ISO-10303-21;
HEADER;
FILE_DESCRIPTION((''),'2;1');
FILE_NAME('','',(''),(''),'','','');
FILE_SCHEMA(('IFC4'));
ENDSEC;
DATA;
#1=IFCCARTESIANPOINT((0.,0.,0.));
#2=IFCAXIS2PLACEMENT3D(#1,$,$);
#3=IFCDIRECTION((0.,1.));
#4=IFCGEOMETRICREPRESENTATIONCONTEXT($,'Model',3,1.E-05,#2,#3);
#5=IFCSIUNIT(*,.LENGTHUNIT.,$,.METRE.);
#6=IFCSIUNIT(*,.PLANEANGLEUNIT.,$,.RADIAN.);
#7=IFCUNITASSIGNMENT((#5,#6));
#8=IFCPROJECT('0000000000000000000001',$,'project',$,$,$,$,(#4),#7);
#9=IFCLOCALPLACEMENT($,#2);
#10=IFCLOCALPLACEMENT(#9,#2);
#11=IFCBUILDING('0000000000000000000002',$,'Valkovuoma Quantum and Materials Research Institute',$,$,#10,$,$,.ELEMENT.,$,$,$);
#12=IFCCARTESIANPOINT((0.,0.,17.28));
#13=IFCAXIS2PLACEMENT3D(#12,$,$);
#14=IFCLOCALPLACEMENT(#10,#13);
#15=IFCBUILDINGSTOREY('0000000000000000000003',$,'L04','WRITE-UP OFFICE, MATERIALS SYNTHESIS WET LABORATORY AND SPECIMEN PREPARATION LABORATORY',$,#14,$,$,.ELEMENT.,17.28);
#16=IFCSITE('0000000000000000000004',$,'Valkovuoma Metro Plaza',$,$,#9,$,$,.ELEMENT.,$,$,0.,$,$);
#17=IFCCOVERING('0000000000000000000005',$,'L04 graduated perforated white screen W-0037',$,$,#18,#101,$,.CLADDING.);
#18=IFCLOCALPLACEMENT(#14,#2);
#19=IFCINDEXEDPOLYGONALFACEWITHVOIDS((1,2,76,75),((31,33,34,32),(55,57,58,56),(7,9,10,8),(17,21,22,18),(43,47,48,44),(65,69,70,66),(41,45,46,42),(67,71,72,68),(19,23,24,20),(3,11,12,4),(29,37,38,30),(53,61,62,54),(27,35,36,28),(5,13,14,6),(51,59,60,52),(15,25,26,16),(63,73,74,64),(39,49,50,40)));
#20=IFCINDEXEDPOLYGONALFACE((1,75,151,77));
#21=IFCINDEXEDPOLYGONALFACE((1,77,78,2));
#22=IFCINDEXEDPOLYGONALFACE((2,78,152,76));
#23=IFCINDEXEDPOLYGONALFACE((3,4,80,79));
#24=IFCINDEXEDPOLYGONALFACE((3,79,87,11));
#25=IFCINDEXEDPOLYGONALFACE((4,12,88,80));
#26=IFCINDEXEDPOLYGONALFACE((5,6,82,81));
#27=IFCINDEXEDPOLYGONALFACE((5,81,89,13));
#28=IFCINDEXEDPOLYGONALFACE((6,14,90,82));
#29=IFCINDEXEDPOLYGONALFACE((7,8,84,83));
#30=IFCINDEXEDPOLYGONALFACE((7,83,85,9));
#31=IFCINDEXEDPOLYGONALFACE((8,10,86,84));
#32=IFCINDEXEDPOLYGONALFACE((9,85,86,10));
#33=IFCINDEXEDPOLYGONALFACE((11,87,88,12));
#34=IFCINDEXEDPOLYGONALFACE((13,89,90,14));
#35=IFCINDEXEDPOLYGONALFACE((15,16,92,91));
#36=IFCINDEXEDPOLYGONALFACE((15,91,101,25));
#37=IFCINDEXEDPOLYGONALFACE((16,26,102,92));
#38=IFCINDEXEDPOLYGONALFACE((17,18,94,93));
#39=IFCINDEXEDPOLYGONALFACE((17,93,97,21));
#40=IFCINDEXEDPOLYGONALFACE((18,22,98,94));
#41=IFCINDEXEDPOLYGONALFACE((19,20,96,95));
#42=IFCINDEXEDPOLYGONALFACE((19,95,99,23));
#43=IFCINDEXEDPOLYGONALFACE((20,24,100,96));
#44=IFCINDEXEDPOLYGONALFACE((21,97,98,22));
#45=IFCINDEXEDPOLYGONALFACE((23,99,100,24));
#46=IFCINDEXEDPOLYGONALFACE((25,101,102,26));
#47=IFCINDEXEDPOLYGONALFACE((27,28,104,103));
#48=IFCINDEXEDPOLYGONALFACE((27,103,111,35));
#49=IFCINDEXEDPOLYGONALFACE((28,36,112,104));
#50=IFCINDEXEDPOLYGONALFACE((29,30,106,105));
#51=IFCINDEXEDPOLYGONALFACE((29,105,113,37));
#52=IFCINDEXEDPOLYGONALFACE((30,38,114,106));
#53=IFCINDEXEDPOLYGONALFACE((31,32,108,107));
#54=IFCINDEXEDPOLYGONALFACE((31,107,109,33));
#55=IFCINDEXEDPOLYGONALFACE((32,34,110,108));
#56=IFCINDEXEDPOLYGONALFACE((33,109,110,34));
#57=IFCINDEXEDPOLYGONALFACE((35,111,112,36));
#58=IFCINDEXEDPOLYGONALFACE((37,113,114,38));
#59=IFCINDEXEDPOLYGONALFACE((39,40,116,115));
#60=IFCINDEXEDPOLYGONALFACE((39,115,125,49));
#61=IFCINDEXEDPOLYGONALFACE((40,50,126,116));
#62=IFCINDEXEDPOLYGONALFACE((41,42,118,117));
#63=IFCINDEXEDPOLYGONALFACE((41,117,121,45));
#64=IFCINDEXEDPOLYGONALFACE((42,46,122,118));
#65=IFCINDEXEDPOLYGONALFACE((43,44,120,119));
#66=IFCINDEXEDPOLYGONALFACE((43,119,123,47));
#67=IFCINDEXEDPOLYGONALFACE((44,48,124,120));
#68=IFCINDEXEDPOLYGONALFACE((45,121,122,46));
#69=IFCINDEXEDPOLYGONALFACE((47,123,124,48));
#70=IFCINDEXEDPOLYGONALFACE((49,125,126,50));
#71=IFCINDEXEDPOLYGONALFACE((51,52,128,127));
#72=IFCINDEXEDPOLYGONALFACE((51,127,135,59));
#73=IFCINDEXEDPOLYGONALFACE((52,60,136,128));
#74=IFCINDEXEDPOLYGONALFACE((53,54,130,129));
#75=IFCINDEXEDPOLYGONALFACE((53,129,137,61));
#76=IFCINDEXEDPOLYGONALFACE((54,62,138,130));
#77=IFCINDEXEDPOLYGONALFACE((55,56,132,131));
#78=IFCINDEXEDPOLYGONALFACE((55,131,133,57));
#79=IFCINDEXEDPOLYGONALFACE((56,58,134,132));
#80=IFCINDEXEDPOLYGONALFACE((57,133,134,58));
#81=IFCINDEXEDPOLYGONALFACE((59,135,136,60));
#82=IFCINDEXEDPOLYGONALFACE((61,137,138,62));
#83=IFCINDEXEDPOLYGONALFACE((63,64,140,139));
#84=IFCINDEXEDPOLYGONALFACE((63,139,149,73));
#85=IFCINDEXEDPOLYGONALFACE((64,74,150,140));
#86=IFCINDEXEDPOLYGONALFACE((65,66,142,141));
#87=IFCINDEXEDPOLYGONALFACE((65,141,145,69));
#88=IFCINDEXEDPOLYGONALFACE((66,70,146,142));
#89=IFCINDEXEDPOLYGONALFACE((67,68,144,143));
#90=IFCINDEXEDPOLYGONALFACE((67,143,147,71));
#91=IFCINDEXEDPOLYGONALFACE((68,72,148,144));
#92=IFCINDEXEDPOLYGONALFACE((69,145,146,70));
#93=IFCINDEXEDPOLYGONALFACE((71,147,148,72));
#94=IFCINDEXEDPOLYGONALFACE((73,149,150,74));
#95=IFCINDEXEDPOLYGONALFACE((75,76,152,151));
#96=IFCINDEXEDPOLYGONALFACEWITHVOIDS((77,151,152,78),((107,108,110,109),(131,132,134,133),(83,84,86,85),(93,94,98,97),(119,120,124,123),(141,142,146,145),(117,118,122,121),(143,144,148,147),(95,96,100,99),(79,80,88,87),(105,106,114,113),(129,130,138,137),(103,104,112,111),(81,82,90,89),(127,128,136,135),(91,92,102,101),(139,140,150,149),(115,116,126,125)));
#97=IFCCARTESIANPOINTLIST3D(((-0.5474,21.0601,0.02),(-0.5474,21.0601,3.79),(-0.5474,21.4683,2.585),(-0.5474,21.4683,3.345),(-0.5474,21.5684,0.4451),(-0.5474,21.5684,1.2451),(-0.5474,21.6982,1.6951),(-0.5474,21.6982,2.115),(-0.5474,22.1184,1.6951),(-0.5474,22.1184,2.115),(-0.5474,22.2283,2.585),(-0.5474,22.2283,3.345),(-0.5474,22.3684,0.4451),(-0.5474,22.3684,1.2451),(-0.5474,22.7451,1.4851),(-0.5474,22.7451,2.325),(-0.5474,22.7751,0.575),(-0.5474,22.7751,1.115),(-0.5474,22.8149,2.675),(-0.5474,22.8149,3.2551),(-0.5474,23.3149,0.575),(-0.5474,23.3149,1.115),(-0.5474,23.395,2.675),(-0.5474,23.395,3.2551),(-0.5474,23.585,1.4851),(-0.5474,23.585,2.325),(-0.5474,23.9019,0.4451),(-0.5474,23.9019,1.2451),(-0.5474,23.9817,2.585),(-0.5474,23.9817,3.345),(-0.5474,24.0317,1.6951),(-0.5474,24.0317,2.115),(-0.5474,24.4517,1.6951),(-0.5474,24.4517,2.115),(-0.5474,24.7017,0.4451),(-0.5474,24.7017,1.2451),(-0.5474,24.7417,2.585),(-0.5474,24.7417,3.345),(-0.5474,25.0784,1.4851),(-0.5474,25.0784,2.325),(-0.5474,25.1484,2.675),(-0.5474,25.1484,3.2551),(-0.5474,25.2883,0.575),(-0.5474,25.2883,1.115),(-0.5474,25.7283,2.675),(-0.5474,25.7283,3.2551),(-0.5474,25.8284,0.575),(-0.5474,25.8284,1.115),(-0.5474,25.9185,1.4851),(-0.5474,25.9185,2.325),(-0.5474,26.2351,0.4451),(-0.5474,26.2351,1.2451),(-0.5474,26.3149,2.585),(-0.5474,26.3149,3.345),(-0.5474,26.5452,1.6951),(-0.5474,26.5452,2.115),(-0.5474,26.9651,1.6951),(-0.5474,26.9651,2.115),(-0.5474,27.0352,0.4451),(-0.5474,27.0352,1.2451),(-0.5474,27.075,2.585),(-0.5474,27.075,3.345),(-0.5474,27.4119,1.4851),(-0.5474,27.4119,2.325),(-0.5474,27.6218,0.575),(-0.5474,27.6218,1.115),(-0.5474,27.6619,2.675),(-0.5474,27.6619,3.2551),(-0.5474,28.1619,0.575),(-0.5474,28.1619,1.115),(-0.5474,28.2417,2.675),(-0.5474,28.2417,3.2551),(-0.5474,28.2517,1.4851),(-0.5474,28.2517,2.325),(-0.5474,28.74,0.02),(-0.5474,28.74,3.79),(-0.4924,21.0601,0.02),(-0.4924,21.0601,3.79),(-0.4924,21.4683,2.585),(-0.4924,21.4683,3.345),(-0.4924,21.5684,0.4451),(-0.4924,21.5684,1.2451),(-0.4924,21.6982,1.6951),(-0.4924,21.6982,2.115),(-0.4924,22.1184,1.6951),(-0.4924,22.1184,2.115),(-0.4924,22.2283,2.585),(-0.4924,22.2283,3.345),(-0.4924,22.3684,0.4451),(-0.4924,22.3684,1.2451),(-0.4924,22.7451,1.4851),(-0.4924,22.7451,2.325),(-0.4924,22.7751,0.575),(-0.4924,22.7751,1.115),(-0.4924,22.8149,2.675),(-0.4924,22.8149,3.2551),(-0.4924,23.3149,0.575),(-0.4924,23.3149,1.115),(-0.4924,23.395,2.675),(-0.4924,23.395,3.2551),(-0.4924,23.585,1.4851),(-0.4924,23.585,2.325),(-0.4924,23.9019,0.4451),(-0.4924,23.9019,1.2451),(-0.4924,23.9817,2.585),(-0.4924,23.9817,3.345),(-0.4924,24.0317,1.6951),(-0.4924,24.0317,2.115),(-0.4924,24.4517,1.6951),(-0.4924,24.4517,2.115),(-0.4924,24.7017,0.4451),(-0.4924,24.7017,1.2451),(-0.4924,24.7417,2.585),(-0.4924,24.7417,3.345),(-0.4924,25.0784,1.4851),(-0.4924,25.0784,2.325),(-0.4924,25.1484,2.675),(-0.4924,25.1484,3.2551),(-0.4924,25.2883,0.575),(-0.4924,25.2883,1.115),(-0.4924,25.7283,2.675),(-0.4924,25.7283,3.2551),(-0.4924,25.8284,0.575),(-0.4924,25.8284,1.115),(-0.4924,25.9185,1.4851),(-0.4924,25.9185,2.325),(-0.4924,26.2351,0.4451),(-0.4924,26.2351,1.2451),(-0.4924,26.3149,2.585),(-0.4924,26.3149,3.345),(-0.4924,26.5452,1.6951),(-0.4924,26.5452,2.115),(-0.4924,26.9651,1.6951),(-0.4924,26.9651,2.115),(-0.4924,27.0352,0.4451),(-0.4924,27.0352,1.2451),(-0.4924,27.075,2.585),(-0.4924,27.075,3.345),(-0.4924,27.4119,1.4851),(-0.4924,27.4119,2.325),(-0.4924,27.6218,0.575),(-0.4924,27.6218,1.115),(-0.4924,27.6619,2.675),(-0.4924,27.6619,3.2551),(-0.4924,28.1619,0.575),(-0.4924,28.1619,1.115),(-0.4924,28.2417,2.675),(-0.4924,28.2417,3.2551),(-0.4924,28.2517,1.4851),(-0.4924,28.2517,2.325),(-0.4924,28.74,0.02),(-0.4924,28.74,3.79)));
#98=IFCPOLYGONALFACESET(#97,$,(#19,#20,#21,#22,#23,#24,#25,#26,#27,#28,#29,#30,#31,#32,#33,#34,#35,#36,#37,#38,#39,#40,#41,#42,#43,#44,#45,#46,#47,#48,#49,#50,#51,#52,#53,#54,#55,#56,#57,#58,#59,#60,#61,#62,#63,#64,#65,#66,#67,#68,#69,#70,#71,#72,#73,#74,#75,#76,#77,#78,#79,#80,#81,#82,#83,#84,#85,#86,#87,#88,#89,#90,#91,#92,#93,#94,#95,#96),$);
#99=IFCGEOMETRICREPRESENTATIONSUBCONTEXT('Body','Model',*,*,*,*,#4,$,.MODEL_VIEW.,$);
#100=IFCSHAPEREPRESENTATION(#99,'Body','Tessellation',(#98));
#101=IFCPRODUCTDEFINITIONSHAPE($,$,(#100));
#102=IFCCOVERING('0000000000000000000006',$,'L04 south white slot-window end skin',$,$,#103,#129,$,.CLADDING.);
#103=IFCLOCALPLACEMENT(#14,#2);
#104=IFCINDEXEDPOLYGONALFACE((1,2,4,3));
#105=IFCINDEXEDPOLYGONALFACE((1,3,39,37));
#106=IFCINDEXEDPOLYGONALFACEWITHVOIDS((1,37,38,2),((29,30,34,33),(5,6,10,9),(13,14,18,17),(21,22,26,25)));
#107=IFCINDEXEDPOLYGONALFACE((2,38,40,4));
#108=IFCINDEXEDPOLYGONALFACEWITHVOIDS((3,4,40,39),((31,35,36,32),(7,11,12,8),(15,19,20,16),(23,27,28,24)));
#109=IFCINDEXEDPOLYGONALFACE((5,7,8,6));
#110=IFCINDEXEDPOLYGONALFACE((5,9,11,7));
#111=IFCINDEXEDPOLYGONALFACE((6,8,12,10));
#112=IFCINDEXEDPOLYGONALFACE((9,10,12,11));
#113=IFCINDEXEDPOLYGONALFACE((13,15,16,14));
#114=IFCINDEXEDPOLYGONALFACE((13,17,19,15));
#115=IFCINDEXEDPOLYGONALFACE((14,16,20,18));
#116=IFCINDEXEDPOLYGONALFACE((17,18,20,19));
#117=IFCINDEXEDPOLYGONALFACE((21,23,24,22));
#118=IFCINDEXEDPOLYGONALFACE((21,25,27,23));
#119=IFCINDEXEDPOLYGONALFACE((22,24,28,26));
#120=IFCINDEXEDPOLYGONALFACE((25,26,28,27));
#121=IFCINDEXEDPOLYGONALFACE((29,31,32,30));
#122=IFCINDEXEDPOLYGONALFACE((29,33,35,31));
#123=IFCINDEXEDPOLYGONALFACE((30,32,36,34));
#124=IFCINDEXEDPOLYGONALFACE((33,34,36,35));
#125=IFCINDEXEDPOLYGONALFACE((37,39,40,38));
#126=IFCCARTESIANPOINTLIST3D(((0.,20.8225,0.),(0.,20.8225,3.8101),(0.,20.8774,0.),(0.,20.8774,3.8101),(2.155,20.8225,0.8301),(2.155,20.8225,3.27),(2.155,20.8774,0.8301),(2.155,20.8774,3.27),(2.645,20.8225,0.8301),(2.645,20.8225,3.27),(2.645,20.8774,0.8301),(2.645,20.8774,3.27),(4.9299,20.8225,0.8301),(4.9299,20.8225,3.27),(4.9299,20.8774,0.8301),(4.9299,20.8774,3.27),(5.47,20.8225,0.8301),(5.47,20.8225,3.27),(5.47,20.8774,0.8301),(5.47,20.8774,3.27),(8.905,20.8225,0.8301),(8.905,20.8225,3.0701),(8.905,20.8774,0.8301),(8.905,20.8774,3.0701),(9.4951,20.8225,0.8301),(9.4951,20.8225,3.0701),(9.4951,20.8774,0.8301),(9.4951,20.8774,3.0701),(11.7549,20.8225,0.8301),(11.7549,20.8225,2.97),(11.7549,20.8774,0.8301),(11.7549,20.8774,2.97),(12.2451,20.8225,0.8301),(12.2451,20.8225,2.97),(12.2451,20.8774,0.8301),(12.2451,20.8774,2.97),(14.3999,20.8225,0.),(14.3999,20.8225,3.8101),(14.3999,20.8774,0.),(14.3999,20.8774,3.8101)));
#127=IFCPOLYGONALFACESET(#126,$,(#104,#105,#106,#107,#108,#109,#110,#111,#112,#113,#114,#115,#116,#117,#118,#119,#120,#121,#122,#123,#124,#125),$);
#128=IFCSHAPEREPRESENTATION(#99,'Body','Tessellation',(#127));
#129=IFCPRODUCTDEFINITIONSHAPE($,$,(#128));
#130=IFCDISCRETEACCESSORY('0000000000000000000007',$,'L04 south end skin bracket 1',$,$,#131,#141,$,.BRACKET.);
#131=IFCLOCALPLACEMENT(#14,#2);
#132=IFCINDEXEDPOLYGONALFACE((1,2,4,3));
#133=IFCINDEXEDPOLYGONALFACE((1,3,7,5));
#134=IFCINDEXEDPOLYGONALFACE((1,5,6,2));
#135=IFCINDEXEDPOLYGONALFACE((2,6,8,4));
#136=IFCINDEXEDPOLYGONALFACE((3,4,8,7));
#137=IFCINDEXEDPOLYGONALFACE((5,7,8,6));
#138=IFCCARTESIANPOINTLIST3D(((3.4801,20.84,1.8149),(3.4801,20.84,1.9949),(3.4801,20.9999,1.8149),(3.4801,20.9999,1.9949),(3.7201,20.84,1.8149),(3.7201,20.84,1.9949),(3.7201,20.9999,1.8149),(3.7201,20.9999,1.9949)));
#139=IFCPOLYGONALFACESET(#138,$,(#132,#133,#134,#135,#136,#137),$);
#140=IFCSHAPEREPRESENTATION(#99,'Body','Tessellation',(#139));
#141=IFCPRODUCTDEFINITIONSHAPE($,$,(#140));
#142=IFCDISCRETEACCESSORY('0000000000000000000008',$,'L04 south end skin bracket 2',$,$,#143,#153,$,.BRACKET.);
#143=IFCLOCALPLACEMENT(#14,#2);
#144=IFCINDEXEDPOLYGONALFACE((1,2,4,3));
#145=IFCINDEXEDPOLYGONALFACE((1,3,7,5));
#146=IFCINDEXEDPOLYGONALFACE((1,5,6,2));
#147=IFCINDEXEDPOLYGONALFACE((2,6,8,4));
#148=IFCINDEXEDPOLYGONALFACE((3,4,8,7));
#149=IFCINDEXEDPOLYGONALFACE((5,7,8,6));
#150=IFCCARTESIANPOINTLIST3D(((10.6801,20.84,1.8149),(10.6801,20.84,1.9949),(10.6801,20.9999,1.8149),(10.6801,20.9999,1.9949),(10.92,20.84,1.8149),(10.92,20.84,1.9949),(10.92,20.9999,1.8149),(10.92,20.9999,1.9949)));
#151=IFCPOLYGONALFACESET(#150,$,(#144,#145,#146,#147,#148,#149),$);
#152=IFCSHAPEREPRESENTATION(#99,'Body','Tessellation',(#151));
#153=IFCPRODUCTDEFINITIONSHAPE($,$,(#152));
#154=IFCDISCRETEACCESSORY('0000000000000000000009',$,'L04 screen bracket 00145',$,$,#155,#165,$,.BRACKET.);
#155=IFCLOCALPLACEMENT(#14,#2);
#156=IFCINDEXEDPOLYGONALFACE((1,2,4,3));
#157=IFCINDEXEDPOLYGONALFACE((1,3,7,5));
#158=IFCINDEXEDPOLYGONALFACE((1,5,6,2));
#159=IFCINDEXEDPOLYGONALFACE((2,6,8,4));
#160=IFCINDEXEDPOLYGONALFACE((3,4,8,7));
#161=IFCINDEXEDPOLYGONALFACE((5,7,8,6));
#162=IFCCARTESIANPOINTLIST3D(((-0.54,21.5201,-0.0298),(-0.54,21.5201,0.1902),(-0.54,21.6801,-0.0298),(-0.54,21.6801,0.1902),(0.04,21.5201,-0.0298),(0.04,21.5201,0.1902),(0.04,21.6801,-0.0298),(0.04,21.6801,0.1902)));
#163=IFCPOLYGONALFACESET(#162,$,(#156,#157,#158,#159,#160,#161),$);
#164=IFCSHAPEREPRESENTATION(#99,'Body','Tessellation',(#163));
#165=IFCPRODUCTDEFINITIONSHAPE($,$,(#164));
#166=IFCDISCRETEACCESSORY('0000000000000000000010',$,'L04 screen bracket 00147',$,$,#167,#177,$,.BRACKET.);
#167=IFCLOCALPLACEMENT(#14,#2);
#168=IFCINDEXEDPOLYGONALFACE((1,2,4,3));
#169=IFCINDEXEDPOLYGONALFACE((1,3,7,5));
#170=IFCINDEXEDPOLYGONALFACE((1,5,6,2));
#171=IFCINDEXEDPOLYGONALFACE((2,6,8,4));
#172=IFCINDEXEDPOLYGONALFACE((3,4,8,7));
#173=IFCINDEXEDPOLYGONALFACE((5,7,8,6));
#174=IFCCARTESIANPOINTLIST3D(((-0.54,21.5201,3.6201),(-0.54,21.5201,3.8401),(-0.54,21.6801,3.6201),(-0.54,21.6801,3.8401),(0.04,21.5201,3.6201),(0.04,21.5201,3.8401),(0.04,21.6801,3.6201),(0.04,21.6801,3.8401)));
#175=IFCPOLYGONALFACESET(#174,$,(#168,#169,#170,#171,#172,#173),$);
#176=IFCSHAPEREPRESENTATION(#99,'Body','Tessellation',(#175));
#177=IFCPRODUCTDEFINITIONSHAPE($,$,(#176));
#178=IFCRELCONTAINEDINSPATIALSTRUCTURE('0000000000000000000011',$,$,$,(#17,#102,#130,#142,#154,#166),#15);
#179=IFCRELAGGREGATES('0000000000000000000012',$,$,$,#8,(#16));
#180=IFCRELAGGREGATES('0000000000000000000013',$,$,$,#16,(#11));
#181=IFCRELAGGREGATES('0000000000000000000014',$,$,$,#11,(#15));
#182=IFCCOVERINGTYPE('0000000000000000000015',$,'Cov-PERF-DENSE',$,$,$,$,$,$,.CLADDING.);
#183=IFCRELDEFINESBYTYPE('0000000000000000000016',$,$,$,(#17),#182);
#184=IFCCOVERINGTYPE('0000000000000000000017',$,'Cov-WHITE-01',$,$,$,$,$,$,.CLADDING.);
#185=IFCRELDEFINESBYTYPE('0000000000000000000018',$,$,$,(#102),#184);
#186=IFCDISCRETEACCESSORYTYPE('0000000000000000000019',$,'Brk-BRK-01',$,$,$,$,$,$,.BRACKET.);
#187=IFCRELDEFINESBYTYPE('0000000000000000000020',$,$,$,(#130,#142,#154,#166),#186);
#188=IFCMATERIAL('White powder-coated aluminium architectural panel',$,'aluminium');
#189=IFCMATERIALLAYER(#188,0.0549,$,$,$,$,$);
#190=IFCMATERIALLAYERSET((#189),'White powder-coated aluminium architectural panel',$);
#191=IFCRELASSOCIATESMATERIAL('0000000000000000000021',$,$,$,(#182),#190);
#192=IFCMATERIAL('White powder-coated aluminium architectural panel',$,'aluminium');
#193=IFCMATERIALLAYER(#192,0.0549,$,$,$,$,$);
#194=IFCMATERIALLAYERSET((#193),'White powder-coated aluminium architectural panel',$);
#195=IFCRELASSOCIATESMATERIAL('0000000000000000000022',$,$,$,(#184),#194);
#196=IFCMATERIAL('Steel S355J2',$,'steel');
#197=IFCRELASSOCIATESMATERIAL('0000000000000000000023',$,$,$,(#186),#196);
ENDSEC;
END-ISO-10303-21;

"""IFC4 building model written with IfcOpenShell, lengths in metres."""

from ifc_helpers import new_model, si_unit, direction, frame, origin, origin_2d, place, context, subcontext, project, spatial, polyline, rectangle, outline, extrude, material, layer, layer_set, type_object, element, save


model = new_model("IFC4")

# Units and contexts
model_context = context("Model", 3, precision=1e-05, world=origin(), true_north=direction((0.0, 1.0)))
body_context = subcontext(model_context, "Body", "Model", "MODEL_VIEW")
ifc_project = project(units=[si_unit("LENGTHUNIT", "METRE"), si_unit("PLANEANGLEUNIT", "RADIAN")], contexts=[model_context])

# Site, building, storey
site_placement = place(None, origin())
site = spatial("IfcSite", under=ifc_project, at=site_placement, Name="Valkovuoma Metro Plaza", CompositionType="ELEMENT", RefElevation=0.0)
building_placement = place(site_placement, origin())
building = spatial("IfcBuilding", under=site, at=building_placement, Name="Valkovuoma Quantum and Materials Research Institute", CompositionType="ELEMENT")
storey_placement = place(building_placement, frame((0.0, 0.0, 17.28)))
storey = spatial("IfcBuildingStorey", under=building, at=storey_placement, Name="L04", Description="WRITE-UP OFFICE, MATERIALS SYNTHESIS WET LABORATORY AND SPECIMEN PREPARATION LABORATORY", CompositionType="ELEMENT", Elevation=17.28)

# Coverings
ifc_material_1 = material(Name="White powder-coated aluminium architectural panel", Category="aluminium")
ifc_layer_1 = layer(ifc_material_1, 0.0549)
ifc_layer_set_1 = layer_set([ifc_layer_1], Name="White powder-coated aluminium architectural panel")
covering_type_1 = type_object("IfcCoveringType", Name="Cov-PERF-DENSE", PredefinedType="CLADDING", material=ifc_layer_set_1)
covering_1_placement = place(storey_placement, frame((-0.52, 21.0601, 0.02), z_axis=(0.0, 0.0, 1.0), x_axis=(0.0, 1.0, 0.0)))
element("IfcCovering", 1, at=covering_1_placement, inside=storey, type_object=covering_type_1, Name="L04 graduated perforated white screen W-0037", PredefinedType="CLADDING", context=body_context, shape_type="SweptSolid", body=[
    extrude(outline(polyline([(0.0, 0.0), (7.6799, 0.0), (7.6799, 3.77), (0.0, 3.77), (0.0, 0.0)]), holes=[polyline([(0.5083, 0.425), (0.5083, 1.2251), (1.3083, 1.2251), (1.3083, 0.425), (0.5083, 0.425)]), polyline([(0.6382, 1.675), (0.6382, 2.095), (1.0583, 2.095), (1.0583, 1.675), (0.6382, 1.675)]), polyline([(0.4082, 2.5649), (0.4082, 3.325), (1.1682, 3.325), (1.1682, 2.5649), (0.4082, 2.5649)]), polyline([(1.7151, 0.5549), (1.7151, 1.095), (2.2549, 1.095), (2.2549, 0.5549), (1.7151, 0.5549)]), polyline([(1.6851, 1.4651), (1.6851, 2.3049), (2.5249, 2.3049), (2.5249, 1.4651), (1.6851, 1.4651)]), polyline([(1.7549, 2.655), (1.7549, 3.2351), (2.335, 3.2351), (2.335, 2.655), (1.7549, 2.655)]), polyline([(2.8418, 0.425), (2.8418, 1.2251), (3.6416, 1.2251), (3.6416, 0.425), (2.8418, 0.425)]), polyline([(2.9717, 1.675), (2.9717, 2.095), (3.3916, 2.095), (3.3916, 1.675), (2.9717, 1.675)]), polyline([(2.9216, 2.5649), (2.9216, 3.325), (3.6816, 3.325), (3.6816, 2.5649), (2.9216, 2.5649)]), polyline([(4.2283, 0.5549), (4.2283, 1.095), (4.7683, 1.095), (4.7683, 0.5549), (4.2283, 0.5549)]), polyline([(4.0183, 1.4651), (4.0183, 2.3049), (4.8584, 2.3049), (4.8584, 1.4651), (4.0183, 1.4651)]), polyline([(4.0884, 2.655), (4.0884, 3.2351), (4.6682, 3.2351), (4.6682, 2.655), (4.0884, 2.655)]), polyline([(5.175, 0.425), (5.175, 1.2251), (5.9751, 1.2251), (5.9751, 0.425), (5.175, 0.425)]), polyline([(5.4851, 1.675), (5.4851, 2.095), (5.905, 2.095), (5.905, 1.675), (5.4851, 1.675)]), polyline([(5.2549, 2.5649), (5.2549, 3.325), (6.0149, 3.325), (6.0149, 2.5649), (5.2549, 2.5649)]), polyline([(6.5618, 0.5549), (6.5618, 1.095), (7.1018, 1.095), (7.1018, 0.5549), (6.5618, 0.5549)]), polyline([(6.3518, 1.4651), (6.3518, 2.3049), (7.1917, 2.3049), (7.1917, 1.4651), (6.3518, 1.4651)]), polyline([(6.6018, 2.655), (6.6018, 3.2351), (7.1816, 3.2351), (7.1816, 2.655), (6.6018, 2.655)])]), frame((0.0, 0.0273, 0.0), z_axis=(0.0, -1.0, 0.0), x_axis=(1.0, 0.0, 0.0)), (0.0, 0.0, 1.0), 0.0549),
])
ifc_material_2 = material(Name="White powder-coated aluminium architectural panel", Category="aluminium")
ifc_layer_2 = layer(ifc_material_2, 0.0549)
ifc_layer_set_2 = layer_set([ifc_layer_2], Name="White powder-coated aluminium architectural panel")
covering_type_2 = type_object("IfcCoveringType", Name="Cov-WHITE-01", PredefinedType="CLADDING", material=ifc_layer_set_2)
covering_2_placement = place(storey_placement, frame((0.0, 20.8501, 0.0), z_axis=(0.0, 0.0, 1.0), x_axis=(1.0, 0.0, 0.0)))
element("IfcCovering", 2, at=covering_2_placement, inside=storey, type_object=covering_type_2, Name="L04 south white slot-window end skin", PredefinedType="CLADDING", context=body_context, shape_type="SweptSolid", body=[
    extrude(outline(polyline([(0.0, 0.0), (14.3999, 0.0), (14.3999, 3.8101), (0.0, 3.8101), (0.0, 0.0)]), holes=[polyline([(2.155, 0.8301), (2.155, 3.27), (2.645, 3.27), (2.645, 0.8301), (2.155, 0.8301)]), polyline([(4.9299, 0.8301), (4.9299, 3.27), (5.47, 3.27), (5.47, 0.8301), (4.9299, 0.8301)]), polyline([(8.905, 0.8301), (8.905, 3.0701), (9.4951, 3.0701), (9.4951, 0.8301), (8.905, 0.8301)]), polyline([(11.7549, 0.8301), (11.7549, 2.97), (12.2451, 2.97), (12.2451, 0.8301), (11.7549, 0.8301)])]), frame((0.0, 0.0273, 0.0), z_axis=(0.0, -1.0, 0.0), x_axis=(1.0, 0.0, 0.0)), (0.0, 0.0, 1.0), 0.0549),
])

# Discrete accessories
ifc_material_3 = material(Name="Steel S355J2", Category="steel")
discrete_accessory_type_1 = type_object("IfcDiscreteAccessoryType", Name="Brk-BRK-01", PredefinedType="BRACKET", material=ifc_material_3)
for number, where, z_axis, x_axis, name in (
    (3, (3.6001, 20.9199, 1.8149), (0.0, 0.0, 1.0), (0.0, 1.0, 0.0), "L04 south end skin bracket 1"),
    (4, (10.8, 20.9199, 1.8149), (0.0, 0.0, 1.0), (0.0, 1.0, 0.0), "L04 south end skin bracket 2"),
):
    element("IfcDiscreteAccessory", number, at=place(storey_placement, frame(where, z_axis=z_axis, x_axis=x_axis)), inside=storey, type_object=discrete_accessory_type_1, Name=name, PredefinedType="BRACKET", context=body_context, shape_type="SweptSolid", body=[
        extrude(rectangle(XDim=0.1599, YDim=0.24, at=origin_2d()), origin(), (0.0, 0.0, 1.0), 0.1799),
    ])
for number, where, z_axis, x_axis, name in (
    (5, (-0.25, 21.6001, -0.0298), (0.0, 0.0, 1.0), (1.0, 0.0, 0.0), "L04 screen bracket 00145"),
    (6, (-0.25, 21.6001, 3.6201), (0.0, 0.0, 1.0), (1.0, 0.0, 0.0), "L04 screen bracket 00147"),
):
    element("IfcDiscreteAccessory", number, at=place(storey_placement, frame(where, z_axis=z_axis, x_axis=x_axis)), inside=storey, type_object=discrete_accessory_type_1, Name=name, PredefinedType="BRACKET", context=body_context, shape_type="SweptSolid", body=[
        extrude(rectangle(XDim=0.5801, YDim=0.1599, at=origin_2d()), origin(), (0.0, 0.0, 1.0), 0.22),
    ])

save(model, "model.ifc")
